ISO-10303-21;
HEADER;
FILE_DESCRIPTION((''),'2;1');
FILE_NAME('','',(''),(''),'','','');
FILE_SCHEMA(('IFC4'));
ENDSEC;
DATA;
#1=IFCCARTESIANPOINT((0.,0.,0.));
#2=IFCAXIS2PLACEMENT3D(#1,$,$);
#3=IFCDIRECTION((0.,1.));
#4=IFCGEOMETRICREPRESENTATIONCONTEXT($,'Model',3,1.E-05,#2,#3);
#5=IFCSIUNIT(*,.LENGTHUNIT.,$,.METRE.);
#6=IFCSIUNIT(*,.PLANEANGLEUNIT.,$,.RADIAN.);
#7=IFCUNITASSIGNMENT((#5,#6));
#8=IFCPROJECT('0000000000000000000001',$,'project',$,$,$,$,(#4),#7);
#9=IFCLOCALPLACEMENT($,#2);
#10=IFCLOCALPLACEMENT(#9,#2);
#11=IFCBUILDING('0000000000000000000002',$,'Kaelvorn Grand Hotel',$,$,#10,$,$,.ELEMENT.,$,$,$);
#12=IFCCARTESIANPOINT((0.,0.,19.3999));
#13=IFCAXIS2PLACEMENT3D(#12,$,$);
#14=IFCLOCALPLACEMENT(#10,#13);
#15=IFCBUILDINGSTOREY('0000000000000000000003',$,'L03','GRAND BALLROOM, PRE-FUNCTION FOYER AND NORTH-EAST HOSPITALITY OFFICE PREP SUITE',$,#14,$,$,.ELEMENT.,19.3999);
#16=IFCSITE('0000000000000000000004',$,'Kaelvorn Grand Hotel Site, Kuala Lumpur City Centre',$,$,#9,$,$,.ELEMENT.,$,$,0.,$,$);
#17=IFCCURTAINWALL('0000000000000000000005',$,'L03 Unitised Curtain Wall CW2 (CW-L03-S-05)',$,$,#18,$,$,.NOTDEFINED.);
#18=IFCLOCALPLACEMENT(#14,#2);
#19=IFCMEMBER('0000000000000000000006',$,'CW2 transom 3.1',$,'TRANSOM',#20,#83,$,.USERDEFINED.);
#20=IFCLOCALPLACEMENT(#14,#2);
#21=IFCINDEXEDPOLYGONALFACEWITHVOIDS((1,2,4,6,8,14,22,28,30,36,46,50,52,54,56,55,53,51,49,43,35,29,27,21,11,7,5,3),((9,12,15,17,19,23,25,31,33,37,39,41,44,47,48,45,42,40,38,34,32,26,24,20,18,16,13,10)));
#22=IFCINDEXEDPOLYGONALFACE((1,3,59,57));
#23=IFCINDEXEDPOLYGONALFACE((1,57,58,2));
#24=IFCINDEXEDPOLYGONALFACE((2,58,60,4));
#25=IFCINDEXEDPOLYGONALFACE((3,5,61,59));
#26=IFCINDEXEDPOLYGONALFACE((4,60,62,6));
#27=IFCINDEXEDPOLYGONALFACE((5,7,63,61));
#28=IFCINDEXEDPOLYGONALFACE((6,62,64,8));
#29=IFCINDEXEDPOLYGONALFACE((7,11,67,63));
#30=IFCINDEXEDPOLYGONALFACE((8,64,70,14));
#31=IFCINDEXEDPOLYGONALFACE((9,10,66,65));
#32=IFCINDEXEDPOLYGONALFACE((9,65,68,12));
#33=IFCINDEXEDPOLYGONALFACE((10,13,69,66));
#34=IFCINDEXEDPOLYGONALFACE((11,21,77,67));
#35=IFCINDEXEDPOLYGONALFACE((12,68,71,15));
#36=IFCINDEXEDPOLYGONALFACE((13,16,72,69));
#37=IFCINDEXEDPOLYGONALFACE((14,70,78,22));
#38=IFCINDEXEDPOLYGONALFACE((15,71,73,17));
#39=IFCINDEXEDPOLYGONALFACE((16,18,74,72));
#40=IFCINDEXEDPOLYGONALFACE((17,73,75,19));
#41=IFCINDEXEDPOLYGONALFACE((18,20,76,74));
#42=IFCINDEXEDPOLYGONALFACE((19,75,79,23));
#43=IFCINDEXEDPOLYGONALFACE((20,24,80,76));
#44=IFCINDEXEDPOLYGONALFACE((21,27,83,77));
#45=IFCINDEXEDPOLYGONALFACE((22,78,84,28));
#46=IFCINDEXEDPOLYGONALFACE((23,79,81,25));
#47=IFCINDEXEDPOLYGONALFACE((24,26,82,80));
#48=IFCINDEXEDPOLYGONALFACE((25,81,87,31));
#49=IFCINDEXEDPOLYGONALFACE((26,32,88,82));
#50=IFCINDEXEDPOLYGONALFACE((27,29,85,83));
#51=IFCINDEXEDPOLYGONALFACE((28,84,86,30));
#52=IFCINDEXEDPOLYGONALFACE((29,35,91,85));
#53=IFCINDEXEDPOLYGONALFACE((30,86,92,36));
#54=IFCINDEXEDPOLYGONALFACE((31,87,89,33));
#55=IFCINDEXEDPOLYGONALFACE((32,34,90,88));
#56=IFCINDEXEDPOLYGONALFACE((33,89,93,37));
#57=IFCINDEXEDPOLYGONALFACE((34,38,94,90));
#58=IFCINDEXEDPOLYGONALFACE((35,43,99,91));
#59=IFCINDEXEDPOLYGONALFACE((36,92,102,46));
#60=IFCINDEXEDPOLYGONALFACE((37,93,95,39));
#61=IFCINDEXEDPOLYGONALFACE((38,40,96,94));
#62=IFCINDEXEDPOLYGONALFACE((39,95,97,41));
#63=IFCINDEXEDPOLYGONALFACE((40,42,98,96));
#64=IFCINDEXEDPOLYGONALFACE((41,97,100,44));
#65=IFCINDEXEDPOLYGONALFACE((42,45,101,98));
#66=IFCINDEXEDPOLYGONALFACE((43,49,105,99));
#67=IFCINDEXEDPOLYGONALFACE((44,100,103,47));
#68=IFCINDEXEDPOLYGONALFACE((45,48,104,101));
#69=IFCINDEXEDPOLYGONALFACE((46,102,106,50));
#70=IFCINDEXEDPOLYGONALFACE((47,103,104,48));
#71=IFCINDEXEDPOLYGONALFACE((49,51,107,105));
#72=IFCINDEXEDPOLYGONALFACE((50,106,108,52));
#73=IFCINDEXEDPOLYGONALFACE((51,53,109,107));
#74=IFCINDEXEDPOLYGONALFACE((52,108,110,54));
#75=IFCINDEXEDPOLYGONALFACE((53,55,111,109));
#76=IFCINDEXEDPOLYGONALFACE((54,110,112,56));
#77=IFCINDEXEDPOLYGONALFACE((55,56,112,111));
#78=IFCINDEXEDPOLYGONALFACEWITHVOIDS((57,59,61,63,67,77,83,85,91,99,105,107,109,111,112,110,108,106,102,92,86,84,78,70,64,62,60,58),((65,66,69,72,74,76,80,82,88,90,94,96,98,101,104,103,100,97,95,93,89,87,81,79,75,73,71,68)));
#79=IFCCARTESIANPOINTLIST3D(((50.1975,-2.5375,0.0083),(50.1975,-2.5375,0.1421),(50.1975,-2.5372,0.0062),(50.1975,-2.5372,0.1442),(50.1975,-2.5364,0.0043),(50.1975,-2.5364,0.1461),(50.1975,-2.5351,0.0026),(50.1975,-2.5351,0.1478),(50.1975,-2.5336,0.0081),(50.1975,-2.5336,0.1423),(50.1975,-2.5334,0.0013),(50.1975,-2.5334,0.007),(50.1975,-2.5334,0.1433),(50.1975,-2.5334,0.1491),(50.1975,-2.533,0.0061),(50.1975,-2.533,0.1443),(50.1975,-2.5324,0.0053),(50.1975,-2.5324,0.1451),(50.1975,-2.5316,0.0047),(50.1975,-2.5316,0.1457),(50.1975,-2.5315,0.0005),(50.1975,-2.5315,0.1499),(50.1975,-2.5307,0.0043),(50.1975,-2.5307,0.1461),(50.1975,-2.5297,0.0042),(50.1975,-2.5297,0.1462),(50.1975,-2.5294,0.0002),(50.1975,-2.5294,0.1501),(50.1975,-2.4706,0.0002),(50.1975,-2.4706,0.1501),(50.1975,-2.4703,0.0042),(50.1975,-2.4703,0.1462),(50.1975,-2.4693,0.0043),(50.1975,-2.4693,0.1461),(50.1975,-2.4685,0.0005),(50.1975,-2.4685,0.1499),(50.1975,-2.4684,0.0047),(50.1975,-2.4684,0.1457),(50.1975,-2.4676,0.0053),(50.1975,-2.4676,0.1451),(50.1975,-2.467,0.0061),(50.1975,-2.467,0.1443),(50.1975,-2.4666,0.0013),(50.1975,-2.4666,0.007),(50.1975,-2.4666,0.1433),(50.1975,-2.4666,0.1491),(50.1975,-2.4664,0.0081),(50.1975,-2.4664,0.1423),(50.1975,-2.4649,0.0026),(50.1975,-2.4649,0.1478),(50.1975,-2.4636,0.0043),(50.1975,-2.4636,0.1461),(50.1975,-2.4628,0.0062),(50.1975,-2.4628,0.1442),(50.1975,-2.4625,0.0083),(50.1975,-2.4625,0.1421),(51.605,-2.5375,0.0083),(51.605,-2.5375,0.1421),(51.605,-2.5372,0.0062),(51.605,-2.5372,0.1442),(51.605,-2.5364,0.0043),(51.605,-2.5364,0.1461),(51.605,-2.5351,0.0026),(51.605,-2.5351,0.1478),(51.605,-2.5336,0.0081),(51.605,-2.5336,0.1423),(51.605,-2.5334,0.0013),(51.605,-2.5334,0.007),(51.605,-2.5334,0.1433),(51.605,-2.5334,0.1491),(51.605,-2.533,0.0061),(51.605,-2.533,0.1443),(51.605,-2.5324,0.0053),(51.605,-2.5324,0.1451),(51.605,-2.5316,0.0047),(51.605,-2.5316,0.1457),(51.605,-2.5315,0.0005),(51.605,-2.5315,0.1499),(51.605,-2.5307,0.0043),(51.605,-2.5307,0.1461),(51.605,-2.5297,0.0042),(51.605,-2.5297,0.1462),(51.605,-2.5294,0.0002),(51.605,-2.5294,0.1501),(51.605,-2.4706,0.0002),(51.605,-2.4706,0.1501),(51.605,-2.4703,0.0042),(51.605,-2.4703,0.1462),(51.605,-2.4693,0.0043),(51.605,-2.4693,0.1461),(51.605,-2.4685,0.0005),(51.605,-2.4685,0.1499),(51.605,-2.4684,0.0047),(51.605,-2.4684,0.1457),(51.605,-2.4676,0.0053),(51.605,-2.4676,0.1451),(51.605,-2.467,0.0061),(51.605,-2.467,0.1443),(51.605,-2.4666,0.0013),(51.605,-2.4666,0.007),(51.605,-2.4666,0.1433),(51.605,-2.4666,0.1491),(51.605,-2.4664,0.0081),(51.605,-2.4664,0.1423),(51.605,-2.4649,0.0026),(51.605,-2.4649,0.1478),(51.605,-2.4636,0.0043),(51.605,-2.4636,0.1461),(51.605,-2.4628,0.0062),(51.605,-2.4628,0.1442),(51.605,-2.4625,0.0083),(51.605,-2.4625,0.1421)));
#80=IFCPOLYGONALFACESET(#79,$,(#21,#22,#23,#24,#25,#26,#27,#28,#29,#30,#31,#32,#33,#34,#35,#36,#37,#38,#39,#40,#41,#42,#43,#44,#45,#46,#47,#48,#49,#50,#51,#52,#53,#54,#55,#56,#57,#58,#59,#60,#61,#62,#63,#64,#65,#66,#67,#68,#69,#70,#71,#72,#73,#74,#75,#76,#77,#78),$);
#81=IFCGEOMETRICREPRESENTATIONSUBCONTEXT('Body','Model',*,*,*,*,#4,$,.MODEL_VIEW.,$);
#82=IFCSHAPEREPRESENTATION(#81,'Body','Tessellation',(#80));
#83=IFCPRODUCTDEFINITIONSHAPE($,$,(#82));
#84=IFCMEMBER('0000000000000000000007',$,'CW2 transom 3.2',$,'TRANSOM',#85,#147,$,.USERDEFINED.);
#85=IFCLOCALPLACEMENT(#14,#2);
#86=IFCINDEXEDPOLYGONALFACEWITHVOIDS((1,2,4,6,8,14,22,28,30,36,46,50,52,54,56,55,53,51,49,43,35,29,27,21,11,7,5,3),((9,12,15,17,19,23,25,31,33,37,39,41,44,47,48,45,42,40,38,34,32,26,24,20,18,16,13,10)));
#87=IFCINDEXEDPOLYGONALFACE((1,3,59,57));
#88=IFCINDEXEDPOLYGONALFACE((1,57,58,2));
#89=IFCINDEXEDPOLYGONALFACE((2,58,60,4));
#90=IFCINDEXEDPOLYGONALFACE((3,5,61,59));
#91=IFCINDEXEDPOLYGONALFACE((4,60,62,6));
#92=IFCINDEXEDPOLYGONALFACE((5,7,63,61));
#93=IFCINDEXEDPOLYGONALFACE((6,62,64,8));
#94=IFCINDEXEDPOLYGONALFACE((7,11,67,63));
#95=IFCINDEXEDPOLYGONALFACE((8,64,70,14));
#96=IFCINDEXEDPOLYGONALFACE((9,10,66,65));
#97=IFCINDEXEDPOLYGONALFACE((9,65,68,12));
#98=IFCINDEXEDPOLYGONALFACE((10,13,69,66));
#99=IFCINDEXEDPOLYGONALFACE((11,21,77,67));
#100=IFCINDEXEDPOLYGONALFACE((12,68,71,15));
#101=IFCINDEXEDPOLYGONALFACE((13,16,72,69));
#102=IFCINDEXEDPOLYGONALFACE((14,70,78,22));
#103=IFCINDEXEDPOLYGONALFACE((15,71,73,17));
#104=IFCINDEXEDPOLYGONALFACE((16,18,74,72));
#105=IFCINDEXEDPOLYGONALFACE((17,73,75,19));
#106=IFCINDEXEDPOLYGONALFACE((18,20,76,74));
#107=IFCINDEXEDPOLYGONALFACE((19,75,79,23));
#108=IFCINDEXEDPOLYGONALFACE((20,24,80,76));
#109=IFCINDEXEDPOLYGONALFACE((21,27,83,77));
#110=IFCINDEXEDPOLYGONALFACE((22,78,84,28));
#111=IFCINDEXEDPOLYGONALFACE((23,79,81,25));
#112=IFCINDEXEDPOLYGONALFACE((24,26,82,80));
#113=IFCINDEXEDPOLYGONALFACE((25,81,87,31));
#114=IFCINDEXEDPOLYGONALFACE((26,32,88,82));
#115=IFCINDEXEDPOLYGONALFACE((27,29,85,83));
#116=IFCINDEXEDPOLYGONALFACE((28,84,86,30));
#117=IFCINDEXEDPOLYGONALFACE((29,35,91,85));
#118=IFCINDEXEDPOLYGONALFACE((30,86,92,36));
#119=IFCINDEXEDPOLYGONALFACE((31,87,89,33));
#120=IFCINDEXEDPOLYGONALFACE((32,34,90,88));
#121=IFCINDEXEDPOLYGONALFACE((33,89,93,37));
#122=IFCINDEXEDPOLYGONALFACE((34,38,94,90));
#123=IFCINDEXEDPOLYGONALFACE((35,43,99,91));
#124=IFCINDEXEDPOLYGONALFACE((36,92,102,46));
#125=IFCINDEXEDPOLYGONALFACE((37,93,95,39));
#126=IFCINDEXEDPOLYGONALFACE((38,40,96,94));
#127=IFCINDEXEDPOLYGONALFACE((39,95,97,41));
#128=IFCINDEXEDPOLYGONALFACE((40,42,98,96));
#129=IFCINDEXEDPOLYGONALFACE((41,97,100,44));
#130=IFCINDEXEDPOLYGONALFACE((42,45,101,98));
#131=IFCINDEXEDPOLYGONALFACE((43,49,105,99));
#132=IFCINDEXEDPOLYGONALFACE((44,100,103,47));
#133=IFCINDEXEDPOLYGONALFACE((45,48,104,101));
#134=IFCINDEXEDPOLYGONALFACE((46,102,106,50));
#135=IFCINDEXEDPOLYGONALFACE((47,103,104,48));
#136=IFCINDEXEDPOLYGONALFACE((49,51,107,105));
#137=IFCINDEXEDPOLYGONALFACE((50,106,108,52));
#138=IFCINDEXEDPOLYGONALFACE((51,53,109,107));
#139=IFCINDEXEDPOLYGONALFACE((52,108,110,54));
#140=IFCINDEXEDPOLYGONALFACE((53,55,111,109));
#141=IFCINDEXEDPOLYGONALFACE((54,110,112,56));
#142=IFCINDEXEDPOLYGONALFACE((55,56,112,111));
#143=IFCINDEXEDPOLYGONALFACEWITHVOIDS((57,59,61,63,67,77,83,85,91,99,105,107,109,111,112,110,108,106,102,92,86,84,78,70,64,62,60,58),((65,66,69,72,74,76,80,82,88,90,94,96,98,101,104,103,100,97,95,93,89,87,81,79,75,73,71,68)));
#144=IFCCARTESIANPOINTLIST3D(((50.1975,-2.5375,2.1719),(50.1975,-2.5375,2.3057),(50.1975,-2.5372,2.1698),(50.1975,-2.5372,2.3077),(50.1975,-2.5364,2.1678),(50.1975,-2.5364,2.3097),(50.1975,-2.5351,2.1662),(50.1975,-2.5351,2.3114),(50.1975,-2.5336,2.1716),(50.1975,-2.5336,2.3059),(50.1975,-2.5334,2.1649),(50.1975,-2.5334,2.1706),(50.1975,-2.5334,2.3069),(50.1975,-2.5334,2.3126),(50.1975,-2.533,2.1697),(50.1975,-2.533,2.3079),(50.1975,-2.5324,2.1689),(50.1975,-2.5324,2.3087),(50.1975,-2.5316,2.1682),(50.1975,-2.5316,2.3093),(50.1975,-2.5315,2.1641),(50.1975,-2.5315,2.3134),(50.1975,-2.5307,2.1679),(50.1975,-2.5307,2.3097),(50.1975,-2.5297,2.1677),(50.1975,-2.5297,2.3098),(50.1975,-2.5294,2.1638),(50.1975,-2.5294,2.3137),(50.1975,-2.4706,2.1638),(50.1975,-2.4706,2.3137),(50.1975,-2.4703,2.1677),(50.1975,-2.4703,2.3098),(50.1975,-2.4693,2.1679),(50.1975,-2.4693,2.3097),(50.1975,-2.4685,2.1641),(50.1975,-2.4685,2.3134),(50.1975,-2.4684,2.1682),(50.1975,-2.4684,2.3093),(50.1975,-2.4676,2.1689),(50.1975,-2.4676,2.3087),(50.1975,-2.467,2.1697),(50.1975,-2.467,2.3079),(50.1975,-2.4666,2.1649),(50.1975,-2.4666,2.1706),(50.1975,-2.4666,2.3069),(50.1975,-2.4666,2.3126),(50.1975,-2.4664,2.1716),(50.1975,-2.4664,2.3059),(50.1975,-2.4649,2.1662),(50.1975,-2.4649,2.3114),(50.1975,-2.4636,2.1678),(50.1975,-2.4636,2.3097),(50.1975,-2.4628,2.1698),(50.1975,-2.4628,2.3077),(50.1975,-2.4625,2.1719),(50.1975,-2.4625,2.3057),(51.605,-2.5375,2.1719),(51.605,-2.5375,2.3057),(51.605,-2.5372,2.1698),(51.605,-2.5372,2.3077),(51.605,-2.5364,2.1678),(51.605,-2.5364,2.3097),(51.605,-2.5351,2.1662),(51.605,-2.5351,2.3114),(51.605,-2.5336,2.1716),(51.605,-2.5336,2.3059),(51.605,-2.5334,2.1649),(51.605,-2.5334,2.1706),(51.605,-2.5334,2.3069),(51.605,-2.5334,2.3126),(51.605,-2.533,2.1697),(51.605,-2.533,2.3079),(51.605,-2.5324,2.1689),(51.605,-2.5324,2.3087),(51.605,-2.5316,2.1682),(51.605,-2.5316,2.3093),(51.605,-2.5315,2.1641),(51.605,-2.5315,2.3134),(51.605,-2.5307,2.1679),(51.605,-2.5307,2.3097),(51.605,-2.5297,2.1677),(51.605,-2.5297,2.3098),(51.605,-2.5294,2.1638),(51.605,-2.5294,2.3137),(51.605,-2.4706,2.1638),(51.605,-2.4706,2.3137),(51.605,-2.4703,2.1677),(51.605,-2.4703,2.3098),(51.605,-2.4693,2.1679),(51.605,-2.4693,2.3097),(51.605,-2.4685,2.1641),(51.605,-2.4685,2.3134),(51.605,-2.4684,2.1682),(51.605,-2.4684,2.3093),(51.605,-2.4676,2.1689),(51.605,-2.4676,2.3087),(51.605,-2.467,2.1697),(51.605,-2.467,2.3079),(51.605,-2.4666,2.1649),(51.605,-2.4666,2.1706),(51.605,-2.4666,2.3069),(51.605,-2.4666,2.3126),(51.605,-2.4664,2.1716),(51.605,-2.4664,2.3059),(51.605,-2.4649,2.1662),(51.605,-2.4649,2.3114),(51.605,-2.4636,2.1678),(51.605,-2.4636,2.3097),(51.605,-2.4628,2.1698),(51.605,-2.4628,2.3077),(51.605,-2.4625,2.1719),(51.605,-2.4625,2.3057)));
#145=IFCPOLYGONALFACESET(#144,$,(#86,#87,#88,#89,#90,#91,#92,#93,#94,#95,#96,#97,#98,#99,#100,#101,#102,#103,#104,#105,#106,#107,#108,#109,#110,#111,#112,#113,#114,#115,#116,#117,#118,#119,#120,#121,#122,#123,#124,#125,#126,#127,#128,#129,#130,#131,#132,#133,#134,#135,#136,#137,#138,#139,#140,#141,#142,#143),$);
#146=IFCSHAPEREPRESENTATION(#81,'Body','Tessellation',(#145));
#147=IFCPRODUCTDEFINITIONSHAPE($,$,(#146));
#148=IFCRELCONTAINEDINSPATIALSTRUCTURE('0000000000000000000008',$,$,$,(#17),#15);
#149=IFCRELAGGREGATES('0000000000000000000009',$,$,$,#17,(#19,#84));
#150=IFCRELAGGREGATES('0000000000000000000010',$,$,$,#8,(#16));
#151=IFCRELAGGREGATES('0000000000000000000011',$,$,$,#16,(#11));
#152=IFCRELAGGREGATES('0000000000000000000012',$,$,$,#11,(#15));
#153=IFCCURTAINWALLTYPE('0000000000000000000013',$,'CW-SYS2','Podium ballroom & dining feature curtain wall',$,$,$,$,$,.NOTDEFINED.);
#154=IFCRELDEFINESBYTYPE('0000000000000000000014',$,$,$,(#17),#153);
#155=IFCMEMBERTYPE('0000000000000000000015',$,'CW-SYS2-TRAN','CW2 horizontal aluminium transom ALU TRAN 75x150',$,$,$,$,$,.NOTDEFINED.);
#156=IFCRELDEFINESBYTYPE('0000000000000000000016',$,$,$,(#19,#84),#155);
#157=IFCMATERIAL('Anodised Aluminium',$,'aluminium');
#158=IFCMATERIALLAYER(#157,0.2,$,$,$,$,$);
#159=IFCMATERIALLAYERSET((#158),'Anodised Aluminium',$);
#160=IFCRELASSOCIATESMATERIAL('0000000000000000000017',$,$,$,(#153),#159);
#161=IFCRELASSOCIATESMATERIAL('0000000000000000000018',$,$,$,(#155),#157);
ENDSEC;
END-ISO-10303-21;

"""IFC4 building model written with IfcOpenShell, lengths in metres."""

from ifc_helpers import new_model, si_unit, direction, frame, origin, origin_2d, place, context, subcontext, project, spatial, hollow_rectangle, extrude, material, layer, layer_set, material_profile, profile_set, type_object, element, aggregate, save


model = new_model("IFC4")

# Units and contexts
model_context = context("Model", 3, precision=1e-05, world=origin(), true_north=direction((0.0, 1.0)))
body_context = subcontext(model_context, "Body", "Model", "MODEL_VIEW")
ifc_project = project(units=[si_unit("LENGTHUNIT", "METRE"), si_unit("PLANEANGLEUNIT", "RADIAN")], contexts=[model_context])

# Site, building, storey
site_placement = place(None, origin())
site = spatial("IfcSite", under=ifc_project, at=site_placement, Name="Kaelvorn Grand Hotel Site, Kuala Lumpur City Centre", CompositionType="ELEMENT", RefElevation=0.0)
building_placement = place(site_placement, origin())
building = spatial("IfcBuilding", under=site, at=building_placement, Name="Kaelvorn Grand Hotel", CompositionType="ELEMENT")
storey_placement = place(building_placement, frame((0.0, 0.0, 19.3999)))
storey = spatial("IfcBuildingStorey", under=building, at=storey_placement, Name="L03", Description="GRAND BALLROOM, PRE-FUNCTION FOYER AND NORTH-EAST HOSPITALITY OFFICE PREP SUITE", CompositionType="ELEMENT", Elevation=19.3999)

# Curtain wall
ifc_material_1 = material(Name="Anodised Aluminium", Category="aluminium")
ifc_layer_1 = layer(ifc_material_1, 0.2)
ifc_layer_set_1 = layer_set([ifc_layer_1], Name="Anodised Aluminium")
curtain_wall_type = type_object("IfcCurtainWallType", Name="CW-SYS2", Description="Podium ballroom & dining feature curtain wall", PredefinedType="NOTDEFINED", material=ifc_layer_set_1)
curtain_wall_1_placement = place(storey_placement, origin())
curtain_wall_1 = element("IfcCurtainWall", 1, at=curtain_wall_1_placement, inside=storey, type_object=curtain_wall_type, Name="L03 Unitised Curtain Wall CW2 (CW-L03-S-05)", PredefinedType="NOTDEFINED")

# Members
ifc_material_profile_1 = material_profile(ifc_material_1, hollow_rectangle(XDim=0.075, YDim=0.1499, WallThickness=0.0039, InnerFilletRadius=0.0039, OuterFilletRadius=0.0081, at=origin_2d()), Name="ALU TRAN 75x150")
ifc_profile_set_1 = profile_set([ifc_material_profile_1], Name="Anodised Aluminium")
member_type_1 = type_object("IfcMemberType", Name="CW-SYS2-TRAN", Description="CW2 horizontal aluminium transom ALU TRAN 75x150", PredefinedType="NOTDEFINED", material=ifc_profile_set_1)
member_1_placement = place(storey_placement, frame((50.1975, -2.5, 0.0752), z_axis=(1.0, 0.0, 0.0), x_axis=(0.0, 1.0, 0.0)))
member_1 = element("IfcMember", 2, at=member_1_placement, type_object=member_type_1, Name="CW2 transom 3.1", ObjectType="TRANSOM", PredefinedType="USERDEFINED", context=body_context, shape_type="SweptSolid", body=[
    extrude(hollow_rectangle(XDim=0.075, YDim=0.1499, WallThickness=0.0039, InnerFilletRadius=0.0039, OuterFilletRadius=0.0081, at=origin_2d()), origin(), (0.0, 0.0, 1.0), 1.4075),
])
member_2_placement = place(storey_placement, frame((50.1975, -2.5, 2.2388), z_axis=(1.0, 0.0, 0.0), x_axis=(0.0, 1.0, 0.0)))
member_2 = element("IfcMember", 3, at=member_2_placement, type_object=member_type_1, Name="CW2 transom 3.2", ObjectType="TRANSOM", PredefinedType="USERDEFINED", context=body_context, shape_type="SweptSolid", body=[
    extrude(hollow_rectangle(XDim=0.075, YDim=0.1499, WallThickness=0.0039, InnerFilletRadius=0.0039, OuterFilletRadius=0.0081, at=origin_2d()), origin(), (0.0, 0.0, 1.0), 1.4075),
])

aggregate(curtain_wall_1, [member_1, member_2])

save(model, "model.ifc")
